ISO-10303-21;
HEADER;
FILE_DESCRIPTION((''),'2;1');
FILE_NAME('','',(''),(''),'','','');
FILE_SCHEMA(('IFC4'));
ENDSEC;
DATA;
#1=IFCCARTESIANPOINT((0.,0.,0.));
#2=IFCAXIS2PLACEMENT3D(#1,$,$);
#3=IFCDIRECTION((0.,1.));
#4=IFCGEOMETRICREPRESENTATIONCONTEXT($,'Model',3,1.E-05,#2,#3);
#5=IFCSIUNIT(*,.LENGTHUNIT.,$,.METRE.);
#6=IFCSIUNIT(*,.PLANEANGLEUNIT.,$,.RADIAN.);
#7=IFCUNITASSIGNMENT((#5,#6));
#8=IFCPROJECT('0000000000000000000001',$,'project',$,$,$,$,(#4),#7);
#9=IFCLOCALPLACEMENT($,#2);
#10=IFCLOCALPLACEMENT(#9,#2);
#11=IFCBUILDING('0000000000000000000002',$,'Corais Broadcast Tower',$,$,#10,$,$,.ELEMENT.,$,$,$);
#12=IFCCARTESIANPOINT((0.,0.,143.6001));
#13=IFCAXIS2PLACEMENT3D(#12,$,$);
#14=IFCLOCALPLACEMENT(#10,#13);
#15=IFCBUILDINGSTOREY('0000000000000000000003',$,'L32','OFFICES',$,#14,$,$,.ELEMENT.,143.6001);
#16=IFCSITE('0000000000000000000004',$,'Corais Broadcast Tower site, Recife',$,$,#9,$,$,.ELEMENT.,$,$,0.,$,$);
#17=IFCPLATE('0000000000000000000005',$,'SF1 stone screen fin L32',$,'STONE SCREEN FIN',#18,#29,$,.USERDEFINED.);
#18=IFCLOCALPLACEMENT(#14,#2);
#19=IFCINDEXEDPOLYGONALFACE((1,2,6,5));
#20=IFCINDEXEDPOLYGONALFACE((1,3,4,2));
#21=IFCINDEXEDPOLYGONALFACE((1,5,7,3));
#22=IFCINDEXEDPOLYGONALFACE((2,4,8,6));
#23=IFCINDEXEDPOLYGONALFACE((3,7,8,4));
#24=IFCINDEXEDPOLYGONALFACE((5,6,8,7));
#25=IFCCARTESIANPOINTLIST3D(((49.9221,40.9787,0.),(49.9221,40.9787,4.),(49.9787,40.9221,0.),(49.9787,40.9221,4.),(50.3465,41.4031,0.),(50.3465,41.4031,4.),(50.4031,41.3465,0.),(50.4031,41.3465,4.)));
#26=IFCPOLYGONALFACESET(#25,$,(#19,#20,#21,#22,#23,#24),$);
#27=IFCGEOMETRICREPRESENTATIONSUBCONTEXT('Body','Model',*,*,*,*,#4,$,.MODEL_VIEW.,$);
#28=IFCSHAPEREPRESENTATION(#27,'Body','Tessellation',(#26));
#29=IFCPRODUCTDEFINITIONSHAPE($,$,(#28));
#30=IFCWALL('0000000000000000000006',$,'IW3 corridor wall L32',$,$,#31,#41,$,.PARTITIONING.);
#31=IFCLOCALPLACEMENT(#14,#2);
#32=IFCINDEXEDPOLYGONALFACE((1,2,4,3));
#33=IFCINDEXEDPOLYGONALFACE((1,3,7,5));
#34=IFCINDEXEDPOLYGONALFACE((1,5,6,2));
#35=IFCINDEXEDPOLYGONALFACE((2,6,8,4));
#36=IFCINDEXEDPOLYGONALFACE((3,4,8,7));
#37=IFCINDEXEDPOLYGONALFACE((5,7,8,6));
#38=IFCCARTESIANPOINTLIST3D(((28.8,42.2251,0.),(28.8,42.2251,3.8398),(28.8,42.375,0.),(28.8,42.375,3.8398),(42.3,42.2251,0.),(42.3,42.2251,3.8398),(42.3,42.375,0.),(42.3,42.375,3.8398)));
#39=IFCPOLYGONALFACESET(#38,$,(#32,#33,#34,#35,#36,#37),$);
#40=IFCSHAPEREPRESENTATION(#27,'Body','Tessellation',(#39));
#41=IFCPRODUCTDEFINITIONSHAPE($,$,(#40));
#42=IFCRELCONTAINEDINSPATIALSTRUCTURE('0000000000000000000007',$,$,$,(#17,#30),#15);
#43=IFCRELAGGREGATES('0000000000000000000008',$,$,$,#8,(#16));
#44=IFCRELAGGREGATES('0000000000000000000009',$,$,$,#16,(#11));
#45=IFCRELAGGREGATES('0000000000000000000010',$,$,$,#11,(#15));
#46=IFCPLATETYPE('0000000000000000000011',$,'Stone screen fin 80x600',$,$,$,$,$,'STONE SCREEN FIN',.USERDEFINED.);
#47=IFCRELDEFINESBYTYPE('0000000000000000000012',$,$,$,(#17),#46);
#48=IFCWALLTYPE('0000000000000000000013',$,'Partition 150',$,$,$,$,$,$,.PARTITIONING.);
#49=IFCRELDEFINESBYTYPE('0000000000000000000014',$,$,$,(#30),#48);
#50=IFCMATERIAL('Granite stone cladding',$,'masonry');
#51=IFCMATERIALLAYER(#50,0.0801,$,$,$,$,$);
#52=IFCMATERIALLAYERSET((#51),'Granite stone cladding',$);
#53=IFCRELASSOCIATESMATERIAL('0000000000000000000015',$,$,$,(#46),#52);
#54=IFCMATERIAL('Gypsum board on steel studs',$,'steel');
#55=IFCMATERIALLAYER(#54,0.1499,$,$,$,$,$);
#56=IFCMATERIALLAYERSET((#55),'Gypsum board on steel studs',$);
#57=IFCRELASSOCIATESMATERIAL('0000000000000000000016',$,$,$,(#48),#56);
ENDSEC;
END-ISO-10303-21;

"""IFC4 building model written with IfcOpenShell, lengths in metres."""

from ifc_helpers import new_model, si_unit, direction, frame, frame_2d, origin, origin_2d, place, context, subcontext, project, spatial, rectangle, extrude, material, layer, layer_set, type_object, element, save


model = new_model("IFC4")

# Units and contexts
model_context = context("Model", 3, precision=1e-05, world=origin(), true_north=direction((0.0, 1.0)))
body_context = subcontext(model_context, "Body", "Model", "MODEL_VIEW")
ifc_project = project(units=[si_unit("LENGTHUNIT", "METRE"), si_unit("PLANEANGLEUNIT", "RADIAN")], contexts=[model_context])

# Site, building, storey
site_placement = place(None, origin())
site = spatial("IfcSite", under=ifc_project, at=site_placement, Name="Corais Broadcast Tower site, Recife", CompositionType="ELEMENT", RefElevation=0.0)
building_placement = place(site_placement, origin())
building = spatial("IfcBuilding", under=site, at=building_placement, Name="Corais Broadcast Tower", CompositionType="ELEMENT")
storey_placement = place(building_placement, frame((0.0, 0.0, 143.6001)))
storey = spatial("IfcBuildingStorey", under=building, at=storey_placement, Name="L32", Description="OFFICES", CompositionType="ELEMENT", Elevation=143.6001)

# Plate
ifc_material_1 = material(Name="Granite stone cladding", Category="masonry")
ifc_layer_1 = layer(ifc_material_1, 0.0801)
ifc_layer_set_1 = layer_set([ifc_layer_1], Name="Granite stone cladding")
plate_type_1 = type_object("IfcPlateType", Name="Stone screen fin 80x600", ElementType="STONE SCREEN FIN", PredefinedType="USERDEFINED", material=ifc_layer_set_1)
for number, where, z_axis, x_axis, name in (
    (1, (50.1626, 41.1626, 0.0), (0.0, 0.0, 1.0), (0.707107, -0.707107, 0.0), "SF1 stone screen fin L32"),
):
    element("IfcPlate", number, at=place(storey_placement, frame(where, z_axis=z_axis, x_axis=x_axis)), inside=storey, type_object=plate_type_1, Name=name, ObjectType="STONE SCREEN FIN", PredefinedType="USERDEFINED", context=body_context, shape_type="SweptSolid", body=[
        extrude(rectangle(XDim=0.0801, YDim=0.6001, at=origin_2d()), origin(), (0.0, 0.0, 1.0), 4.0),
    ])

# Wall
ifc_material_2 = material(Name="Gypsum board on steel studs", Category="steel")
ifc_layer_2 = layer(ifc_material_2, 0.1499)
ifc_layer_set_2 = layer_set([ifc_layer_2], Name="Gypsum board on steel studs")
wall_type = type_object("IfcWallType", Name="Partition 150", PredefinedType="PARTITIONING", material=ifc_layer_set_2)
wall_placement = place(storey_placement, frame((42.3, 42.3, 0.0), z_axis=(0.0, 0.0, 1.0), x_axis=(-1.0, 0.0, 0.0)))
element("IfcWall", 2, at=wall_placement, inside=storey, type_object=wall_type, Name="IW3 corridor wall L32", PredefinedType="PARTITIONING", context=body_context, shape_type="SweptSolid", body=[
    extrude(rectangle(XDim=13.5, YDim=0.1499, at=frame_2d((6.75, 0.0))), origin(), (0.0, 0.0, 1.0), 3.8398),
])

save(model, "model.ifc")
